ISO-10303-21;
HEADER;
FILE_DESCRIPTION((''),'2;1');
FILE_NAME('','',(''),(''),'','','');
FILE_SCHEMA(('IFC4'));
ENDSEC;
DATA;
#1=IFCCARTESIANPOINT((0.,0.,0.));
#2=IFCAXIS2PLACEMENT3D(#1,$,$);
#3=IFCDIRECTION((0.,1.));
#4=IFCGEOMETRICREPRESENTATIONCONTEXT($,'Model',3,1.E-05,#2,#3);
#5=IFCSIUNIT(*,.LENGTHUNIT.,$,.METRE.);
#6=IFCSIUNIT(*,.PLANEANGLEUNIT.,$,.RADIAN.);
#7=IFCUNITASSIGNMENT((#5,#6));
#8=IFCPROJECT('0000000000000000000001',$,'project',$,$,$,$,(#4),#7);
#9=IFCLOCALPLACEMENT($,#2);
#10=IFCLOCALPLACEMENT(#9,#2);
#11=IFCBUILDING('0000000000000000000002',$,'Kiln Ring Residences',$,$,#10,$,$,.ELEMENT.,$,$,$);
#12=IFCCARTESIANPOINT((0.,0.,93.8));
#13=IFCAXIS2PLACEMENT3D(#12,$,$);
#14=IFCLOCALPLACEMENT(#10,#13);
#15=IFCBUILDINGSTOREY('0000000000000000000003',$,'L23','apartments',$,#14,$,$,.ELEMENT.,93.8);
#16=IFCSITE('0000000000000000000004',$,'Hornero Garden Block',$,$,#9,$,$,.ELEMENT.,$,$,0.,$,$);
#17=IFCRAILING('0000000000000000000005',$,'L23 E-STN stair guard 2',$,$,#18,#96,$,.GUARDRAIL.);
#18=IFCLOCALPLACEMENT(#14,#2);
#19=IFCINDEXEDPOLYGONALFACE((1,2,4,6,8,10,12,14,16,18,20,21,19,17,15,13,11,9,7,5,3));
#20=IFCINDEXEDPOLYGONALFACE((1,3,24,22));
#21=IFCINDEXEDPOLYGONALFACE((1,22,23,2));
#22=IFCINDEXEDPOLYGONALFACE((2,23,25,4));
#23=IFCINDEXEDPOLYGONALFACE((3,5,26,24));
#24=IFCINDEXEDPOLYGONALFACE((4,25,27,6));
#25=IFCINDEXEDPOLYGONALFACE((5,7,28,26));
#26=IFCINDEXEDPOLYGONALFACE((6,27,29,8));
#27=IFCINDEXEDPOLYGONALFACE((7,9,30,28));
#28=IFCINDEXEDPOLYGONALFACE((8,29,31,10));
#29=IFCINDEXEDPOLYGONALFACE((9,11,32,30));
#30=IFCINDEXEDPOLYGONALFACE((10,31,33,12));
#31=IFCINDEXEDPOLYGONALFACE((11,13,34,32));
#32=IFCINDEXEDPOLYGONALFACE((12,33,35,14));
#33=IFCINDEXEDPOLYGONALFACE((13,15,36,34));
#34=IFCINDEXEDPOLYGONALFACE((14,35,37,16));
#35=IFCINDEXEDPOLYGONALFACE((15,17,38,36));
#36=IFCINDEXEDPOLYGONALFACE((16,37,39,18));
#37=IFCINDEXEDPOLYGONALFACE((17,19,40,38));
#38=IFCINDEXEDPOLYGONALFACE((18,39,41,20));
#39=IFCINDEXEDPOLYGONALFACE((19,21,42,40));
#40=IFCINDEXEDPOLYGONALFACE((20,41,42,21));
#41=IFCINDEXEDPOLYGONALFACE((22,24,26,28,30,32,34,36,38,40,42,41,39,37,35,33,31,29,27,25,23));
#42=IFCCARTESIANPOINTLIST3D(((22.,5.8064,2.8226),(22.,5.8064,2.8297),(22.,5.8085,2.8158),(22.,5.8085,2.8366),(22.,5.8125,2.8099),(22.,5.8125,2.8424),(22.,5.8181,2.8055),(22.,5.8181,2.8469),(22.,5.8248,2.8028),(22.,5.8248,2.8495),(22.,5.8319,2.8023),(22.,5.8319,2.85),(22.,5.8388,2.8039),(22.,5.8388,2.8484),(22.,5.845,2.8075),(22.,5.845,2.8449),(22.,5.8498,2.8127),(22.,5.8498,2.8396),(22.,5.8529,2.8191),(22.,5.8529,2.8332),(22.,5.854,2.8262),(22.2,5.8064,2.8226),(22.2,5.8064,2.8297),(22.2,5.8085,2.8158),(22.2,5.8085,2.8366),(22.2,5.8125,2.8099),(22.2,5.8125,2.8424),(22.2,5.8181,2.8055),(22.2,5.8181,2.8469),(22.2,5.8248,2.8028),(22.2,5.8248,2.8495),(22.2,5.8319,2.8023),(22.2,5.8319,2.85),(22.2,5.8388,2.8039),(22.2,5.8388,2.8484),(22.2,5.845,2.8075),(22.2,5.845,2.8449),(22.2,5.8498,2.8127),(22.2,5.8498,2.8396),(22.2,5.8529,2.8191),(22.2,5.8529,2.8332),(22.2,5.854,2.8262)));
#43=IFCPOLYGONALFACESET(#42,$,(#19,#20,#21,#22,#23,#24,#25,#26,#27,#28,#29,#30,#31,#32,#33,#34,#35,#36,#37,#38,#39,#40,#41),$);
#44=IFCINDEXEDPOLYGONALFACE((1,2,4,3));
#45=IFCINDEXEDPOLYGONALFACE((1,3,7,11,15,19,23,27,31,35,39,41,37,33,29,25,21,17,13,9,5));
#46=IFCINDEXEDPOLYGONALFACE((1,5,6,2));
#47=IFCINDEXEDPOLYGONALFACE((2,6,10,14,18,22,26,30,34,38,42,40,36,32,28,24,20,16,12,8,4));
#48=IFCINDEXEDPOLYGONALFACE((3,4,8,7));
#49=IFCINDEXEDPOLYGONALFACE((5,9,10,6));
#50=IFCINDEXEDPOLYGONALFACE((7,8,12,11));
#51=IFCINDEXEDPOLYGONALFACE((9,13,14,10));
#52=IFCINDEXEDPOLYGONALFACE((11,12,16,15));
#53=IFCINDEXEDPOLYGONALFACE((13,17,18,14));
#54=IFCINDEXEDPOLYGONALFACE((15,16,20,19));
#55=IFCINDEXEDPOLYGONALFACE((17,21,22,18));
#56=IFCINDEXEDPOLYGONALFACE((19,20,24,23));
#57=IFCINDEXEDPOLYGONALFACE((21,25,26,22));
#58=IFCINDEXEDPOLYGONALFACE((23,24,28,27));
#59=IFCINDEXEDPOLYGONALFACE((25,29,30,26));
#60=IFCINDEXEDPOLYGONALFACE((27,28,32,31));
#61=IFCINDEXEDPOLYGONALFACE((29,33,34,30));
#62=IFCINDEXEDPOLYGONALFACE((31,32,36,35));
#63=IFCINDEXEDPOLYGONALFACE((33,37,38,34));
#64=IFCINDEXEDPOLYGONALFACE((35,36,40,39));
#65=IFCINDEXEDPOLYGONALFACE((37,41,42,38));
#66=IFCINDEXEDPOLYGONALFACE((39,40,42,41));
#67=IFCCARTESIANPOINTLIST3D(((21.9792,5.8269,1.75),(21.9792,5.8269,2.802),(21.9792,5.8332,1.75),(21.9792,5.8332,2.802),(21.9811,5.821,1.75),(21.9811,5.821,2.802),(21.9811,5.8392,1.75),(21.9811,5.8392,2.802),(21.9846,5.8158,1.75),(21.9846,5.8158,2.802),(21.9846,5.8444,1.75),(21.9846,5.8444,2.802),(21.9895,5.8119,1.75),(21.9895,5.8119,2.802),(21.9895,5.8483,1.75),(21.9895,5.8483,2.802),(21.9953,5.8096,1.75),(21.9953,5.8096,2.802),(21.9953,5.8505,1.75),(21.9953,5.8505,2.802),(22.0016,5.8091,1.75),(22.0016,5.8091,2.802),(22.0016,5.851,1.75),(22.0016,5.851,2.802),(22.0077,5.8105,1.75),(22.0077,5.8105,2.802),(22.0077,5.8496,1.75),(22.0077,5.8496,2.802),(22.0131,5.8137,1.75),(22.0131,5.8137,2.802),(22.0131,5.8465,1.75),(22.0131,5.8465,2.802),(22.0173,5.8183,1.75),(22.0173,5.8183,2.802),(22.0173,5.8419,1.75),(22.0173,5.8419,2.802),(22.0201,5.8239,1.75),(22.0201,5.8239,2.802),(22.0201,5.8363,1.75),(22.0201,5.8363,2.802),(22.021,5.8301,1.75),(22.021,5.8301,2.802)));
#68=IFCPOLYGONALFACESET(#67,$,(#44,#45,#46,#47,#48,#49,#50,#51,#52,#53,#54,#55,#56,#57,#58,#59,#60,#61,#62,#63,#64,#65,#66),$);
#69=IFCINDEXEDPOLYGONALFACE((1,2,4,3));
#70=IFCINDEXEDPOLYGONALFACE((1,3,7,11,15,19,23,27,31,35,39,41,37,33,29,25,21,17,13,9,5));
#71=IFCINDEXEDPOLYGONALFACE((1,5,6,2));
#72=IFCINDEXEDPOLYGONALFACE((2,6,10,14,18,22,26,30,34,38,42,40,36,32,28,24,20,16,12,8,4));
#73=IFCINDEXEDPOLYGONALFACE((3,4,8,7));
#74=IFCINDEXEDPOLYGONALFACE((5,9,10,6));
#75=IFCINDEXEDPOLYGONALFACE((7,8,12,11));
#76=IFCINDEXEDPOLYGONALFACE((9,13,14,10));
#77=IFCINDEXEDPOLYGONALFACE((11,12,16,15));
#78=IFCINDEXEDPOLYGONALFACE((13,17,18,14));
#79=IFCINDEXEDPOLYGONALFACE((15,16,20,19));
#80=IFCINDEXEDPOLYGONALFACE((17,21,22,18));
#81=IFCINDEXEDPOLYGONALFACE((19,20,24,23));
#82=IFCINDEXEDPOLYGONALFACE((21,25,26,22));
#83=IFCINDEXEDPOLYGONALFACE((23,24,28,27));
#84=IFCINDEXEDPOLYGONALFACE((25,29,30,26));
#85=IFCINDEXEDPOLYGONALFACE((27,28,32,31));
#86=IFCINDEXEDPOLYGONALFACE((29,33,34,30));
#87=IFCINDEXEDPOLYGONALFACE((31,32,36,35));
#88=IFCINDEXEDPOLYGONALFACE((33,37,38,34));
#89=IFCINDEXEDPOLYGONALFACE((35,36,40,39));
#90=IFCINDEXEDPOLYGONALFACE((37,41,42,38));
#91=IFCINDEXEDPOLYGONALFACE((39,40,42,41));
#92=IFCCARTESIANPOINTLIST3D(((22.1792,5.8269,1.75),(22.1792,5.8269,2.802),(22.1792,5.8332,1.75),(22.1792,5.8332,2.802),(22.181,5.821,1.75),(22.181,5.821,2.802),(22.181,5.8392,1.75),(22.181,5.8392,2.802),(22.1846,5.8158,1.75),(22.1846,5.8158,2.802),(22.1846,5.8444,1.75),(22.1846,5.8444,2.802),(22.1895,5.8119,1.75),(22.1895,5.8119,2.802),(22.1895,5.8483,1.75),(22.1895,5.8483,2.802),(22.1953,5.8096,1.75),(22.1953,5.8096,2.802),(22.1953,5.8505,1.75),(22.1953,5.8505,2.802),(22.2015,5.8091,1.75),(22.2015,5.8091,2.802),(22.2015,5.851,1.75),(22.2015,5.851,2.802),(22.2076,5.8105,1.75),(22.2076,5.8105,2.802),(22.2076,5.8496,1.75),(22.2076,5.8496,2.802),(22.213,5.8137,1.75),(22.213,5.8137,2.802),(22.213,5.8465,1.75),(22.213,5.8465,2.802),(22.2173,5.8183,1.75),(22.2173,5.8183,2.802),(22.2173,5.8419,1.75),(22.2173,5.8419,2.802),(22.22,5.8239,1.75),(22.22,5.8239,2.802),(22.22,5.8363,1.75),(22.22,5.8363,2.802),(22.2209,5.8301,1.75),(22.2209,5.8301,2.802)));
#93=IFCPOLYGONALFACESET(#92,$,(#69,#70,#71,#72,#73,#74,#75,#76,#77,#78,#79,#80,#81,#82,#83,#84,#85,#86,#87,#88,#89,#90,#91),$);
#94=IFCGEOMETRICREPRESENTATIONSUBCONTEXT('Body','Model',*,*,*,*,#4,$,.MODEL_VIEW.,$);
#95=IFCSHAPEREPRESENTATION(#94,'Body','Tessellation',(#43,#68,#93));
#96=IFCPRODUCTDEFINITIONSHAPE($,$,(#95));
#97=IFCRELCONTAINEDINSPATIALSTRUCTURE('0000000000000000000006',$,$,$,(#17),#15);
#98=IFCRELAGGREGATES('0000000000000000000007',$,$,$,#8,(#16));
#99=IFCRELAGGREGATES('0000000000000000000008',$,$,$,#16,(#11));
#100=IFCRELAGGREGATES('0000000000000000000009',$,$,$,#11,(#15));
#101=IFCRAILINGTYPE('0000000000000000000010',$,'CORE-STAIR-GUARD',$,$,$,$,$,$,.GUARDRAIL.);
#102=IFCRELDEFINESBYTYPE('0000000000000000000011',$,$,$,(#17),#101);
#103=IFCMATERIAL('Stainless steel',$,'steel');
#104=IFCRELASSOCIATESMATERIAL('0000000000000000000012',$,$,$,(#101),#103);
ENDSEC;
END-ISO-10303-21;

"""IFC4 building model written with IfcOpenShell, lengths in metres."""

from ifc_helpers import new_model, si_unit, direction, frame, origin, origin_2d, place, context, subcontext, project, spatial, circle, extrude, material, type_object, element, save


model = new_model("IFC4")

# Units and contexts
model_context = context("Model", 3, precision=1e-05, world=origin(), true_north=direction((0.0, 1.0)))
body_context = subcontext(model_context, "Body", "Model", "MODEL_VIEW")
ifc_project = project(units=[si_unit("LENGTHUNIT", "METRE"), si_unit("PLANEANGLEUNIT", "RADIAN")], contexts=[model_context])

# Site, building, storey
site_placement = place(None, origin())
site = spatial("IfcSite", under=ifc_project, at=site_placement, Name="Hornero Garden Block", CompositionType="ELEMENT", RefElevation=0.0)
building_placement = place(site_placement, origin())
building = spatial("IfcBuilding", under=site, at=building_placement, Name="Kiln Ring Residences", CompositionType="ELEMENT")
storey_placement = place(building_placement, frame((0.0, 0.0, 93.8)))
storey = spatial("IfcBuildingStorey", under=building, at=storey_placement, Name="L23", Description="apartments", CompositionType="ELEMENT", Elevation=93.8)

# Railing
ifc_material_1 = material(Name="Stainless steel", Category="steel")
railing_type_1 = type_object("IfcRailingType", Name="CORE-STAIR-GUARD", PredefinedType="GUARDRAIL", material=ifc_material_1)
railing_1_placement = place(storey_placement, frame((22.0, 5.8301, 1.75)))
element("IfcRailing", 1, at=railing_1_placement, inside=storey, type_object=railing_type_1, Name="L23 E-STN stair guard 2", PredefinedType="GUARDRAIL", context=body_context, shape_type="SweptSolid", body=[
    extrude(circle(Radius=0.0239, at=origin_2d()), frame((0.0, 0.0, 1.0762), z_axis=(1.0, 0.0, 0.0), x_axis=(0.0, 1.0, 0.0)), (0.0, 0.0, 1.0), 0.2),
    extrude(circle(Radius=0.021, at=origin_2d()), origin(), (0.0, 0.0, 1.0), 1.052),
    extrude(circle(Radius=0.021, at=origin_2d()), frame((0.2, 0.0, 0.0)), (0.0, 0.0, 1.0), 1.052),
])

save(model, "model.ifc")
